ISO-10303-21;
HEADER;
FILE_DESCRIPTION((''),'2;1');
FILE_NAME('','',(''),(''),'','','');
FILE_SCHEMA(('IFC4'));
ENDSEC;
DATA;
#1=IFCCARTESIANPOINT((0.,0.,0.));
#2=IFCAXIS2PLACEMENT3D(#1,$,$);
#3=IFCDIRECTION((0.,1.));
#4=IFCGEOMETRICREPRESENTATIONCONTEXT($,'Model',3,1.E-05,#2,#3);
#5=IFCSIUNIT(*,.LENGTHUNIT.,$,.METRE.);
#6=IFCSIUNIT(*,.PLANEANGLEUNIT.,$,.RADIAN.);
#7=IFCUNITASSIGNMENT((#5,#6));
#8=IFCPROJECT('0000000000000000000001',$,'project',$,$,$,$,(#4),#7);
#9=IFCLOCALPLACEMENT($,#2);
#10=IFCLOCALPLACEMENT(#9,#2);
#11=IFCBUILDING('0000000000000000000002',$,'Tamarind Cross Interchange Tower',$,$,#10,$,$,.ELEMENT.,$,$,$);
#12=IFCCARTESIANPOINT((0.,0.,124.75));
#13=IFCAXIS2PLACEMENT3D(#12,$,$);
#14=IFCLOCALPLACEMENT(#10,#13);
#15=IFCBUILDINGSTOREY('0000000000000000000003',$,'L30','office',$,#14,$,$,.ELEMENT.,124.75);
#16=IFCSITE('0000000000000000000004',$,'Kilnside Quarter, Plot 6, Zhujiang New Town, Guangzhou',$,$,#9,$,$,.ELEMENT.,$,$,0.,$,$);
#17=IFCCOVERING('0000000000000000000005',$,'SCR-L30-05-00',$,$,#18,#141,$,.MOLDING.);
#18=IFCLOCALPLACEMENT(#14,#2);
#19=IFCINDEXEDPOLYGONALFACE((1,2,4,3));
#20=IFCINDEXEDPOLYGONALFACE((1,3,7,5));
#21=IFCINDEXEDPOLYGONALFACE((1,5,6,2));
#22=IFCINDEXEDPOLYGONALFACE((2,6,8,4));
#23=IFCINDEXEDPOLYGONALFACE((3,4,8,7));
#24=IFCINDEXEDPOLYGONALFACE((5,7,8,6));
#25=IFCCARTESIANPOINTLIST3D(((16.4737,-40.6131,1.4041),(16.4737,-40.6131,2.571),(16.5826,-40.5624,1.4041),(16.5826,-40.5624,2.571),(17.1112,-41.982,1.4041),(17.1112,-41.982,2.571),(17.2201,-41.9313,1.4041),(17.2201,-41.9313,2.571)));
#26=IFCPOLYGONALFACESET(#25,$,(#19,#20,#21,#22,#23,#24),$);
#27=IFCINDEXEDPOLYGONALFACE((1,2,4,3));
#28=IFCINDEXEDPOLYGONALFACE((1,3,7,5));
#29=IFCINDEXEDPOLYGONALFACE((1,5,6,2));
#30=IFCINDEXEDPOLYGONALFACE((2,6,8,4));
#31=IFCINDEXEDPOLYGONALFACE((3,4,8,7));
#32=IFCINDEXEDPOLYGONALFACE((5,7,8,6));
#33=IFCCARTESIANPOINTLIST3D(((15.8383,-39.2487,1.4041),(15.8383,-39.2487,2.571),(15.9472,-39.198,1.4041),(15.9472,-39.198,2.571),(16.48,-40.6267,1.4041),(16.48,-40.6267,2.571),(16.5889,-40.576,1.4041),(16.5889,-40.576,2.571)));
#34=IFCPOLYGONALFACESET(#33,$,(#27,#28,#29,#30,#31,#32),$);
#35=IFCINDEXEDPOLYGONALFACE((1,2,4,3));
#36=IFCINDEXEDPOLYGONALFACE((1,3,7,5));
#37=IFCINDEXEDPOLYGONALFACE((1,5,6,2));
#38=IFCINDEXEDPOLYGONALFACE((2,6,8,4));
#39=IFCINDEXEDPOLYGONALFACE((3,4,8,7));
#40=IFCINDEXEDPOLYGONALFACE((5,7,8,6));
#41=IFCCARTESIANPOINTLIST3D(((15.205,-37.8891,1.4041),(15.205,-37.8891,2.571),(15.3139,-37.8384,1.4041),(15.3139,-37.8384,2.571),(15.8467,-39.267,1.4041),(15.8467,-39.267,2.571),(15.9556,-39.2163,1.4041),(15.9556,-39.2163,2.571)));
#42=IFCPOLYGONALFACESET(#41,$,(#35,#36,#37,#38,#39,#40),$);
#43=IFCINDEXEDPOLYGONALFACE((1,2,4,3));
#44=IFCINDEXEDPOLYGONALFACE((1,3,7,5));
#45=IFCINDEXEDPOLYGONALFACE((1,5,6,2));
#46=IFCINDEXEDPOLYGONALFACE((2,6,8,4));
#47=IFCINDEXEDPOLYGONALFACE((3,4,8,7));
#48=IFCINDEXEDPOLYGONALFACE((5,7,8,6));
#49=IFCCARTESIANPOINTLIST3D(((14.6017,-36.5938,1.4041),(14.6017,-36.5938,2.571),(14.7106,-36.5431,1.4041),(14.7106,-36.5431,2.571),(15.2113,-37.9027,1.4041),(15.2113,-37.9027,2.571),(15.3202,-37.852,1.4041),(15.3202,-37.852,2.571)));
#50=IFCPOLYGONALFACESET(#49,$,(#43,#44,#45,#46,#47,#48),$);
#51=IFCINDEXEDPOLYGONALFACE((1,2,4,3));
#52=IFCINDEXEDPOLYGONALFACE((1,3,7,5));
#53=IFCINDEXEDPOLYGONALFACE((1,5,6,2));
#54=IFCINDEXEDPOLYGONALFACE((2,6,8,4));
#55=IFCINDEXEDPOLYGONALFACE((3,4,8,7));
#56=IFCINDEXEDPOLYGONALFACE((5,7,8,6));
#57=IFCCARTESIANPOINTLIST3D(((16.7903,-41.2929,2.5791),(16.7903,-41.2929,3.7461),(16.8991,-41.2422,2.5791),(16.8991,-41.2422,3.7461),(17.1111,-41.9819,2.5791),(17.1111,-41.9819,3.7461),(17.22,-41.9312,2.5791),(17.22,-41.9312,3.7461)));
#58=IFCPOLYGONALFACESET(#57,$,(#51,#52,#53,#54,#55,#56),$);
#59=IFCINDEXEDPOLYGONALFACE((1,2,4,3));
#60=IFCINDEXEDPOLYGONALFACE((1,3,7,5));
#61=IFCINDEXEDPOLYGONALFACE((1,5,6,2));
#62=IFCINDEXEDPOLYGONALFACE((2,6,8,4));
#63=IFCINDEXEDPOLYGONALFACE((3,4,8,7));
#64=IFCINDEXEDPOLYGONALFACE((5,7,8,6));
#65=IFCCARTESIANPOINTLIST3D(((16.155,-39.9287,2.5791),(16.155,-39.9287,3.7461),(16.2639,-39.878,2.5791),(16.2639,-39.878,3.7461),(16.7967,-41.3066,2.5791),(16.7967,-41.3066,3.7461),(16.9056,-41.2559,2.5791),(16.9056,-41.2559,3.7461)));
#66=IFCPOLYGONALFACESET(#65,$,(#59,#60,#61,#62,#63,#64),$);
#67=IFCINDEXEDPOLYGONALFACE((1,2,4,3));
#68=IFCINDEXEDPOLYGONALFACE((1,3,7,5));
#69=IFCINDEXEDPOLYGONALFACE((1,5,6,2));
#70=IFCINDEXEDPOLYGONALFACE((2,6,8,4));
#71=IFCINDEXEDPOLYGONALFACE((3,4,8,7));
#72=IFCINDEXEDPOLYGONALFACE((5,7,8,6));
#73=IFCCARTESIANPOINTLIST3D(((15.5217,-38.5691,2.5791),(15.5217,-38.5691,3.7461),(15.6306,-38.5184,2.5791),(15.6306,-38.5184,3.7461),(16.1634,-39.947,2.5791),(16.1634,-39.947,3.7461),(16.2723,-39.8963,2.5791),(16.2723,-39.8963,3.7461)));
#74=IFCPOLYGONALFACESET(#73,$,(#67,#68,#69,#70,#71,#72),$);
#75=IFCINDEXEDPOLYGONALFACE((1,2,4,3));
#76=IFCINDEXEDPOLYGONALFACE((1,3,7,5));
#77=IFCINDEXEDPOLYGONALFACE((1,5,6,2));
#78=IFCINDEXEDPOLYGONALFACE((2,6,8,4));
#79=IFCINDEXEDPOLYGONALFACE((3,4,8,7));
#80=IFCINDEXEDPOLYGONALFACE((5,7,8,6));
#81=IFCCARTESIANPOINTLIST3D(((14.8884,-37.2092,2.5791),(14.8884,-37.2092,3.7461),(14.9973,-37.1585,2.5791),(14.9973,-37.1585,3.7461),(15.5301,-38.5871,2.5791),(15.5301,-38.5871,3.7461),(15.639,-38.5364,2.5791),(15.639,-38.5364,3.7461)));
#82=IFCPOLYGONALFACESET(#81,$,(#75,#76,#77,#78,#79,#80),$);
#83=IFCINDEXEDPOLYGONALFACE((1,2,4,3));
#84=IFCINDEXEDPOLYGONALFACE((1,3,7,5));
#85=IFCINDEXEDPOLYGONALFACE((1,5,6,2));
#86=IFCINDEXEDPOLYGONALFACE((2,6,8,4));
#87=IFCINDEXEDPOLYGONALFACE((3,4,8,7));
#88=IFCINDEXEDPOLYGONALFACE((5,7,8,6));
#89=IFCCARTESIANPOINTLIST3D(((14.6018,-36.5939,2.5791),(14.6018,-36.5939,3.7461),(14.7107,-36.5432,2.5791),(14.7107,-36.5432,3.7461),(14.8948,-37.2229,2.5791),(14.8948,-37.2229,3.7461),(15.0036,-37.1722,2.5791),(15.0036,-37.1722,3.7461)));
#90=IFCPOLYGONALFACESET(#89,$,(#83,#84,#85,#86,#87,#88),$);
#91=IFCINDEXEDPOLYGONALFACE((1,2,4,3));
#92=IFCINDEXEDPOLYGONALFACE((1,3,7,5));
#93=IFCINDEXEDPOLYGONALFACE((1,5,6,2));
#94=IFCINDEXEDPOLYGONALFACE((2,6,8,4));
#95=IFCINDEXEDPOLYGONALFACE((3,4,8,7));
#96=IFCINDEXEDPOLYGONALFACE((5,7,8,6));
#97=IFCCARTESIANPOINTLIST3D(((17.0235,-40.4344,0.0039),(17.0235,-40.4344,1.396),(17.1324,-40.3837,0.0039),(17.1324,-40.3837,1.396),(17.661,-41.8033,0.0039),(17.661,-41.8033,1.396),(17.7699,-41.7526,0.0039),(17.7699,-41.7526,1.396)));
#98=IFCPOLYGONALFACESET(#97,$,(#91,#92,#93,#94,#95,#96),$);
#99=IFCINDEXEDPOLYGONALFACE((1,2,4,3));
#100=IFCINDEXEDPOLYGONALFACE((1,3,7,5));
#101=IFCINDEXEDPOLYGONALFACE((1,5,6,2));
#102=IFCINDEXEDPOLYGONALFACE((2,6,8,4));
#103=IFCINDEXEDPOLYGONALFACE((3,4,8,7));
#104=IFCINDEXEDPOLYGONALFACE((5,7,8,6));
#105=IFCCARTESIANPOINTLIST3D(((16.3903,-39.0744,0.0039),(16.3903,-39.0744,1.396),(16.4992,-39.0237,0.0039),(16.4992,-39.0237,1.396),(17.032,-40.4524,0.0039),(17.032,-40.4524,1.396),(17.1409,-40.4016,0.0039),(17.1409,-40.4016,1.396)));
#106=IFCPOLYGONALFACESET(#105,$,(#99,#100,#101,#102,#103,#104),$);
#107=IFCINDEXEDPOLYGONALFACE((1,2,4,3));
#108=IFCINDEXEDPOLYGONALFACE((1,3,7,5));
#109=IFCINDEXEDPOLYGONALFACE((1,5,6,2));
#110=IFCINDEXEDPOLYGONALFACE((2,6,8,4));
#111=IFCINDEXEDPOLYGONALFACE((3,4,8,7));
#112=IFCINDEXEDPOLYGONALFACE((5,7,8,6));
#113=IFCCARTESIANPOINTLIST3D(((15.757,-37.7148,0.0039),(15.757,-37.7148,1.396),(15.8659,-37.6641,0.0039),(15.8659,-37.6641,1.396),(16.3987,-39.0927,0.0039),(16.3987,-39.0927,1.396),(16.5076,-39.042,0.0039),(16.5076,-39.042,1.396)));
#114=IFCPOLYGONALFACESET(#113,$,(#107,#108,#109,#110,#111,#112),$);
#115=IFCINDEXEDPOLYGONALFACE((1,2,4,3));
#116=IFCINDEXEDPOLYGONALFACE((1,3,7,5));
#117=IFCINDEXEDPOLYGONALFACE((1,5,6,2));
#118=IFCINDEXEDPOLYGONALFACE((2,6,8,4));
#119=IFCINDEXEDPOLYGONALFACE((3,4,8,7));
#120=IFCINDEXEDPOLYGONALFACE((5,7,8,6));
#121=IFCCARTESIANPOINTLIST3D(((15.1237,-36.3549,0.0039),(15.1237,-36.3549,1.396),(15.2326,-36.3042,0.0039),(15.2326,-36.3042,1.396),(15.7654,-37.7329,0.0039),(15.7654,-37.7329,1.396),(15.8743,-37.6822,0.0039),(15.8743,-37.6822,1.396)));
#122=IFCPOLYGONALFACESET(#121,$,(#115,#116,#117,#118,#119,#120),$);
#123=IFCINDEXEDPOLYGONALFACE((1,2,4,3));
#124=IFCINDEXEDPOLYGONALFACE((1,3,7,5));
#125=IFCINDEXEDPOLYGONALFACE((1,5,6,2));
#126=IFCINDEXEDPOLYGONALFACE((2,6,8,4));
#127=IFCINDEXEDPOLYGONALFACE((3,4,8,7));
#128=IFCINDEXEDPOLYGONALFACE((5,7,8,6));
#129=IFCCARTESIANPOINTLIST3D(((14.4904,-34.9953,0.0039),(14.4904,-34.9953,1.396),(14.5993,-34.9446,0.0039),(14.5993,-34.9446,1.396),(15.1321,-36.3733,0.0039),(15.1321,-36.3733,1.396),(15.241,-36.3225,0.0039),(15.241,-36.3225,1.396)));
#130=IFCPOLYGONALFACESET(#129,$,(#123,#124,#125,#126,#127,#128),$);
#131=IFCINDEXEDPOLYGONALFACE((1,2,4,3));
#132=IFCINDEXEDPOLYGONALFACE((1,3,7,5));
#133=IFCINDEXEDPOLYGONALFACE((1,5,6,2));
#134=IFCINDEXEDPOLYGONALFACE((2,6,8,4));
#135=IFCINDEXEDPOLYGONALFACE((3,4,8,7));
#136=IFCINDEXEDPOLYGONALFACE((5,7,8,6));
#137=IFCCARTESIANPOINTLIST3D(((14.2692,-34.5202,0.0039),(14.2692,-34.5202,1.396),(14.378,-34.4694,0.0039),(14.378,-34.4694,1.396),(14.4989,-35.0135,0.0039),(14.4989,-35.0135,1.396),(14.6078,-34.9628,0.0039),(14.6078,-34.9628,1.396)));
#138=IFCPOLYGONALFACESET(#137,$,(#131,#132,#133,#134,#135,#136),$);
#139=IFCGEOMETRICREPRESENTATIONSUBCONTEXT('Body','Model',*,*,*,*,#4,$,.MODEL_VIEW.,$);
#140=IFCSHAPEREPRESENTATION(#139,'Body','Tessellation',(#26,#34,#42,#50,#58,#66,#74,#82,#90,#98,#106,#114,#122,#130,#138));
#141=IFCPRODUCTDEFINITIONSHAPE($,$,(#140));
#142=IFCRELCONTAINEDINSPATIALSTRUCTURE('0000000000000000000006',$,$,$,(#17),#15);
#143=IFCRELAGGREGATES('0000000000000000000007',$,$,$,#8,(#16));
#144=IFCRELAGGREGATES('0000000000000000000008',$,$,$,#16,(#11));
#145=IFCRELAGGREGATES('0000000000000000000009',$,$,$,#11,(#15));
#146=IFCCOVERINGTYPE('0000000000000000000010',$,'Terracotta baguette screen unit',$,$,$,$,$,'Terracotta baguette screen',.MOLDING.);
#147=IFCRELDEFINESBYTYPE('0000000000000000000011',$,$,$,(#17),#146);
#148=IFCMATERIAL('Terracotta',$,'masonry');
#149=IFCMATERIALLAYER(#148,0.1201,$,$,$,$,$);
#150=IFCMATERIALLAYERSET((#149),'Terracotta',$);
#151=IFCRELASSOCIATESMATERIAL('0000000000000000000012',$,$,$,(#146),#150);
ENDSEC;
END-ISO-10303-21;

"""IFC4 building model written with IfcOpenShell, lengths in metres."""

from ifc_helpers import new_model, si_unit, direction, frame, origin, origin_2d, place, context, subcontext, project, spatial, rectangle, extrude, material, layer, layer_set, type_object, element, save


model = new_model("IFC4")

# Units and contexts
model_context = context("Model", 3, precision=1e-05, world=origin(), true_north=direction((0.0, 1.0)))
body_context = subcontext(model_context, "Body", "Model", "MODEL_VIEW")
ifc_project = project(units=[si_unit("LENGTHUNIT", "METRE"), si_unit("PLANEANGLEUNIT", "RADIAN")], contexts=[model_context])

# Site, building, storey
site_placement = place(None, origin())
site = spatial("IfcSite", under=ifc_project, at=site_placement, Name="Kilnside Quarter, Plot 6, Zhujiang New Town, Guangzhou", CompositionType="ELEMENT", RefElevation=0.0)
building_placement = place(site_placement, origin())
building = spatial("IfcBuilding", under=site, at=building_placement, Name="Tamarind Cross Interchange Tower", CompositionType="ELEMENT")
storey_placement = place(building_placement, frame((0.0, 0.0, 124.75)))
storey = spatial("IfcBuildingStorey", under=building, at=storey_placement, Name="L30", Description="office", CompositionType="ELEMENT", Elevation=124.75)

# Covering
ifc_material_1 = material(Name="Terracotta", Category="masonry")
ifc_layer_1 = layer(ifc_material_1, 0.1201)
ifc_layer_set_1 = layer_set([ifc_layer_1], Name="Terracotta")
covering_type = type_object("IfcCoveringType", Name="Terracotta baguette screen unit", ElementType="Terracotta baguette screen", PredefinedType="MOLDING", material=ifc_layer_set_1)
covering_1_placement = place(storey_placement, origin())
element("IfcCovering", 1, at=covering_1_placement, inside=storey, type_object=covering_type, Name="SCR-L30-05-00", PredefinedType="MOLDING", context=body_context, shape_type="SweptSolid", body=[
    extrude(rectangle(XDim=1.51, YDim=0.1201, at=origin_2d()), frame((16.8469, -41.2722, 1.4041), z_axis=(0.0, 0.0, 1.0), x_axis=(-0.422174, 0.906515, 0.0)), (0.0, 0.0, 1.0), 1.167),
    extrude(rectangle(XDim=1.52, YDim=0.1201, at=origin_2d()), frame((16.2136, -39.9124, 1.4041), z_axis=(0.0, 0.0, 1.0), x_axis=(-0.422174, 0.906515, 0.0)), (0.0, 0.0, 1.0), 1.167),
    extrude(rectangle(XDim=1.52, YDim=0.1201, at=origin_2d()), frame((15.5803, -38.5527, 1.4041), z_axis=(0.0, 0.0, 1.0), x_axis=(-0.422174, 0.906515, 0.0)), (0.0, 0.0, 1.0), 1.167),
    extrude(rectangle(XDim=1.4438, YDim=0.1201, at=origin_2d()), frame((14.9609, -37.2229, 1.4041), z_axis=(0.0, 0.0, 1.0), x_axis=(-0.422174, 0.906515, 0.0)), (0.0, 0.0, 1.0), 1.167),
    extrude(rectangle(XDim=0.76, YDim=0.1201, at=origin_2d()), frame((17.0051, -41.6121, 2.5791), z_axis=(0.0, 0.0, 1.0), x_axis=(-0.422174, 0.906515, 0.0)), (0.0, 0.0, 1.0), 1.167),
    extrude(rectangle(XDim=1.52, YDim=0.1201, at=origin_2d()), frame((16.5303, -40.5923, 2.5791), z_axis=(0.0, 0.0, 1.0), x_axis=(-0.422174, 0.906515, 0.0)), (0.0, 0.0, 1.0), 1.167),
    extrude(rectangle(XDim=1.52, YDim=0.1201, at=origin_2d()), frame((15.897, -39.2327, 2.5791), z_axis=(0.0, 0.0, 1.0), x_axis=(-0.422174, 0.906515, 0.0)), (0.0, 0.0, 1.0), 1.167),
    extrude(rectangle(XDim=1.52, YDim=0.1201, at=origin_2d()), frame((15.2637, -37.8728, 2.5791), z_axis=(0.0, 0.0, 1.0), x_axis=(-0.422174, 0.906515, 0.0)), (0.0, 0.0, 1.0), 1.167),
    extrude(rectangle(XDim=0.6938, YDim=0.1201, at=origin_2d()), frame((14.8027, -36.8831, 2.5791), z_axis=(0.0, 0.0, 1.0), x_axis=(-0.422174, 0.906515, 0.0)), (0.0, 0.0, 1.0), 1.167),
    extrude(rectangle(XDim=1.51, YDim=0.1201, at=origin_2d()), frame((17.3967, -41.0935, 0.0039), z_axis=(0.0, 0.0, 1.0), x_axis=(-0.422174, 0.906515, 0.0)), (0.0, 0.0, 1.0), 1.3921),
    extrude(rectangle(XDim=1.52, YDim=0.1201, at=origin_2d()), frame((16.7656, -39.738, 0.0039), z_axis=(0.0, 0.0, 1.0), x_axis=(-0.422174, 0.906515, 0.0)), (0.0, 0.0, 1.0), 1.3921),
    extrude(rectangle(XDim=1.52, YDim=0.1201, at=origin_2d()), frame((16.1323, -38.3784, 0.0039), z_axis=(0.0, 0.0, 1.0), x_axis=(-0.422174, 0.906515, 0.0)), (0.0, 0.0, 1.0), 1.3921),
    extrude(rectangle(XDim=1.52, YDim=0.1201, at=origin_2d()), frame((15.499, -37.0186, 0.0039), z_axis=(0.0, 0.0, 1.0), x_axis=(-0.422174, 0.906515, 0.0)), (0.0, 0.0, 1.0), 1.3921),
    extrude(rectangle(XDim=1.52, YDim=0.1201, at=origin_2d()), frame((14.8657, -35.6589, 0.0039), z_axis=(0.0, 0.0, 1.0), x_axis=(-0.422174, 0.906515, 0.0)), (0.0, 0.0, 1.0), 1.3921),
    extrude(rectangle(XDim=0.5442, YDim=0.1201, at=origin_2d()), frame((14.4385, -34.7415, 0.0039), z_axis=(0.0, 0.0, 1.0), x_axis=(-0.422174, 0.906515, 0.0)), (0.0, 0.0, 1.0), 1.3921),
])

save(model, "model.ifc")
